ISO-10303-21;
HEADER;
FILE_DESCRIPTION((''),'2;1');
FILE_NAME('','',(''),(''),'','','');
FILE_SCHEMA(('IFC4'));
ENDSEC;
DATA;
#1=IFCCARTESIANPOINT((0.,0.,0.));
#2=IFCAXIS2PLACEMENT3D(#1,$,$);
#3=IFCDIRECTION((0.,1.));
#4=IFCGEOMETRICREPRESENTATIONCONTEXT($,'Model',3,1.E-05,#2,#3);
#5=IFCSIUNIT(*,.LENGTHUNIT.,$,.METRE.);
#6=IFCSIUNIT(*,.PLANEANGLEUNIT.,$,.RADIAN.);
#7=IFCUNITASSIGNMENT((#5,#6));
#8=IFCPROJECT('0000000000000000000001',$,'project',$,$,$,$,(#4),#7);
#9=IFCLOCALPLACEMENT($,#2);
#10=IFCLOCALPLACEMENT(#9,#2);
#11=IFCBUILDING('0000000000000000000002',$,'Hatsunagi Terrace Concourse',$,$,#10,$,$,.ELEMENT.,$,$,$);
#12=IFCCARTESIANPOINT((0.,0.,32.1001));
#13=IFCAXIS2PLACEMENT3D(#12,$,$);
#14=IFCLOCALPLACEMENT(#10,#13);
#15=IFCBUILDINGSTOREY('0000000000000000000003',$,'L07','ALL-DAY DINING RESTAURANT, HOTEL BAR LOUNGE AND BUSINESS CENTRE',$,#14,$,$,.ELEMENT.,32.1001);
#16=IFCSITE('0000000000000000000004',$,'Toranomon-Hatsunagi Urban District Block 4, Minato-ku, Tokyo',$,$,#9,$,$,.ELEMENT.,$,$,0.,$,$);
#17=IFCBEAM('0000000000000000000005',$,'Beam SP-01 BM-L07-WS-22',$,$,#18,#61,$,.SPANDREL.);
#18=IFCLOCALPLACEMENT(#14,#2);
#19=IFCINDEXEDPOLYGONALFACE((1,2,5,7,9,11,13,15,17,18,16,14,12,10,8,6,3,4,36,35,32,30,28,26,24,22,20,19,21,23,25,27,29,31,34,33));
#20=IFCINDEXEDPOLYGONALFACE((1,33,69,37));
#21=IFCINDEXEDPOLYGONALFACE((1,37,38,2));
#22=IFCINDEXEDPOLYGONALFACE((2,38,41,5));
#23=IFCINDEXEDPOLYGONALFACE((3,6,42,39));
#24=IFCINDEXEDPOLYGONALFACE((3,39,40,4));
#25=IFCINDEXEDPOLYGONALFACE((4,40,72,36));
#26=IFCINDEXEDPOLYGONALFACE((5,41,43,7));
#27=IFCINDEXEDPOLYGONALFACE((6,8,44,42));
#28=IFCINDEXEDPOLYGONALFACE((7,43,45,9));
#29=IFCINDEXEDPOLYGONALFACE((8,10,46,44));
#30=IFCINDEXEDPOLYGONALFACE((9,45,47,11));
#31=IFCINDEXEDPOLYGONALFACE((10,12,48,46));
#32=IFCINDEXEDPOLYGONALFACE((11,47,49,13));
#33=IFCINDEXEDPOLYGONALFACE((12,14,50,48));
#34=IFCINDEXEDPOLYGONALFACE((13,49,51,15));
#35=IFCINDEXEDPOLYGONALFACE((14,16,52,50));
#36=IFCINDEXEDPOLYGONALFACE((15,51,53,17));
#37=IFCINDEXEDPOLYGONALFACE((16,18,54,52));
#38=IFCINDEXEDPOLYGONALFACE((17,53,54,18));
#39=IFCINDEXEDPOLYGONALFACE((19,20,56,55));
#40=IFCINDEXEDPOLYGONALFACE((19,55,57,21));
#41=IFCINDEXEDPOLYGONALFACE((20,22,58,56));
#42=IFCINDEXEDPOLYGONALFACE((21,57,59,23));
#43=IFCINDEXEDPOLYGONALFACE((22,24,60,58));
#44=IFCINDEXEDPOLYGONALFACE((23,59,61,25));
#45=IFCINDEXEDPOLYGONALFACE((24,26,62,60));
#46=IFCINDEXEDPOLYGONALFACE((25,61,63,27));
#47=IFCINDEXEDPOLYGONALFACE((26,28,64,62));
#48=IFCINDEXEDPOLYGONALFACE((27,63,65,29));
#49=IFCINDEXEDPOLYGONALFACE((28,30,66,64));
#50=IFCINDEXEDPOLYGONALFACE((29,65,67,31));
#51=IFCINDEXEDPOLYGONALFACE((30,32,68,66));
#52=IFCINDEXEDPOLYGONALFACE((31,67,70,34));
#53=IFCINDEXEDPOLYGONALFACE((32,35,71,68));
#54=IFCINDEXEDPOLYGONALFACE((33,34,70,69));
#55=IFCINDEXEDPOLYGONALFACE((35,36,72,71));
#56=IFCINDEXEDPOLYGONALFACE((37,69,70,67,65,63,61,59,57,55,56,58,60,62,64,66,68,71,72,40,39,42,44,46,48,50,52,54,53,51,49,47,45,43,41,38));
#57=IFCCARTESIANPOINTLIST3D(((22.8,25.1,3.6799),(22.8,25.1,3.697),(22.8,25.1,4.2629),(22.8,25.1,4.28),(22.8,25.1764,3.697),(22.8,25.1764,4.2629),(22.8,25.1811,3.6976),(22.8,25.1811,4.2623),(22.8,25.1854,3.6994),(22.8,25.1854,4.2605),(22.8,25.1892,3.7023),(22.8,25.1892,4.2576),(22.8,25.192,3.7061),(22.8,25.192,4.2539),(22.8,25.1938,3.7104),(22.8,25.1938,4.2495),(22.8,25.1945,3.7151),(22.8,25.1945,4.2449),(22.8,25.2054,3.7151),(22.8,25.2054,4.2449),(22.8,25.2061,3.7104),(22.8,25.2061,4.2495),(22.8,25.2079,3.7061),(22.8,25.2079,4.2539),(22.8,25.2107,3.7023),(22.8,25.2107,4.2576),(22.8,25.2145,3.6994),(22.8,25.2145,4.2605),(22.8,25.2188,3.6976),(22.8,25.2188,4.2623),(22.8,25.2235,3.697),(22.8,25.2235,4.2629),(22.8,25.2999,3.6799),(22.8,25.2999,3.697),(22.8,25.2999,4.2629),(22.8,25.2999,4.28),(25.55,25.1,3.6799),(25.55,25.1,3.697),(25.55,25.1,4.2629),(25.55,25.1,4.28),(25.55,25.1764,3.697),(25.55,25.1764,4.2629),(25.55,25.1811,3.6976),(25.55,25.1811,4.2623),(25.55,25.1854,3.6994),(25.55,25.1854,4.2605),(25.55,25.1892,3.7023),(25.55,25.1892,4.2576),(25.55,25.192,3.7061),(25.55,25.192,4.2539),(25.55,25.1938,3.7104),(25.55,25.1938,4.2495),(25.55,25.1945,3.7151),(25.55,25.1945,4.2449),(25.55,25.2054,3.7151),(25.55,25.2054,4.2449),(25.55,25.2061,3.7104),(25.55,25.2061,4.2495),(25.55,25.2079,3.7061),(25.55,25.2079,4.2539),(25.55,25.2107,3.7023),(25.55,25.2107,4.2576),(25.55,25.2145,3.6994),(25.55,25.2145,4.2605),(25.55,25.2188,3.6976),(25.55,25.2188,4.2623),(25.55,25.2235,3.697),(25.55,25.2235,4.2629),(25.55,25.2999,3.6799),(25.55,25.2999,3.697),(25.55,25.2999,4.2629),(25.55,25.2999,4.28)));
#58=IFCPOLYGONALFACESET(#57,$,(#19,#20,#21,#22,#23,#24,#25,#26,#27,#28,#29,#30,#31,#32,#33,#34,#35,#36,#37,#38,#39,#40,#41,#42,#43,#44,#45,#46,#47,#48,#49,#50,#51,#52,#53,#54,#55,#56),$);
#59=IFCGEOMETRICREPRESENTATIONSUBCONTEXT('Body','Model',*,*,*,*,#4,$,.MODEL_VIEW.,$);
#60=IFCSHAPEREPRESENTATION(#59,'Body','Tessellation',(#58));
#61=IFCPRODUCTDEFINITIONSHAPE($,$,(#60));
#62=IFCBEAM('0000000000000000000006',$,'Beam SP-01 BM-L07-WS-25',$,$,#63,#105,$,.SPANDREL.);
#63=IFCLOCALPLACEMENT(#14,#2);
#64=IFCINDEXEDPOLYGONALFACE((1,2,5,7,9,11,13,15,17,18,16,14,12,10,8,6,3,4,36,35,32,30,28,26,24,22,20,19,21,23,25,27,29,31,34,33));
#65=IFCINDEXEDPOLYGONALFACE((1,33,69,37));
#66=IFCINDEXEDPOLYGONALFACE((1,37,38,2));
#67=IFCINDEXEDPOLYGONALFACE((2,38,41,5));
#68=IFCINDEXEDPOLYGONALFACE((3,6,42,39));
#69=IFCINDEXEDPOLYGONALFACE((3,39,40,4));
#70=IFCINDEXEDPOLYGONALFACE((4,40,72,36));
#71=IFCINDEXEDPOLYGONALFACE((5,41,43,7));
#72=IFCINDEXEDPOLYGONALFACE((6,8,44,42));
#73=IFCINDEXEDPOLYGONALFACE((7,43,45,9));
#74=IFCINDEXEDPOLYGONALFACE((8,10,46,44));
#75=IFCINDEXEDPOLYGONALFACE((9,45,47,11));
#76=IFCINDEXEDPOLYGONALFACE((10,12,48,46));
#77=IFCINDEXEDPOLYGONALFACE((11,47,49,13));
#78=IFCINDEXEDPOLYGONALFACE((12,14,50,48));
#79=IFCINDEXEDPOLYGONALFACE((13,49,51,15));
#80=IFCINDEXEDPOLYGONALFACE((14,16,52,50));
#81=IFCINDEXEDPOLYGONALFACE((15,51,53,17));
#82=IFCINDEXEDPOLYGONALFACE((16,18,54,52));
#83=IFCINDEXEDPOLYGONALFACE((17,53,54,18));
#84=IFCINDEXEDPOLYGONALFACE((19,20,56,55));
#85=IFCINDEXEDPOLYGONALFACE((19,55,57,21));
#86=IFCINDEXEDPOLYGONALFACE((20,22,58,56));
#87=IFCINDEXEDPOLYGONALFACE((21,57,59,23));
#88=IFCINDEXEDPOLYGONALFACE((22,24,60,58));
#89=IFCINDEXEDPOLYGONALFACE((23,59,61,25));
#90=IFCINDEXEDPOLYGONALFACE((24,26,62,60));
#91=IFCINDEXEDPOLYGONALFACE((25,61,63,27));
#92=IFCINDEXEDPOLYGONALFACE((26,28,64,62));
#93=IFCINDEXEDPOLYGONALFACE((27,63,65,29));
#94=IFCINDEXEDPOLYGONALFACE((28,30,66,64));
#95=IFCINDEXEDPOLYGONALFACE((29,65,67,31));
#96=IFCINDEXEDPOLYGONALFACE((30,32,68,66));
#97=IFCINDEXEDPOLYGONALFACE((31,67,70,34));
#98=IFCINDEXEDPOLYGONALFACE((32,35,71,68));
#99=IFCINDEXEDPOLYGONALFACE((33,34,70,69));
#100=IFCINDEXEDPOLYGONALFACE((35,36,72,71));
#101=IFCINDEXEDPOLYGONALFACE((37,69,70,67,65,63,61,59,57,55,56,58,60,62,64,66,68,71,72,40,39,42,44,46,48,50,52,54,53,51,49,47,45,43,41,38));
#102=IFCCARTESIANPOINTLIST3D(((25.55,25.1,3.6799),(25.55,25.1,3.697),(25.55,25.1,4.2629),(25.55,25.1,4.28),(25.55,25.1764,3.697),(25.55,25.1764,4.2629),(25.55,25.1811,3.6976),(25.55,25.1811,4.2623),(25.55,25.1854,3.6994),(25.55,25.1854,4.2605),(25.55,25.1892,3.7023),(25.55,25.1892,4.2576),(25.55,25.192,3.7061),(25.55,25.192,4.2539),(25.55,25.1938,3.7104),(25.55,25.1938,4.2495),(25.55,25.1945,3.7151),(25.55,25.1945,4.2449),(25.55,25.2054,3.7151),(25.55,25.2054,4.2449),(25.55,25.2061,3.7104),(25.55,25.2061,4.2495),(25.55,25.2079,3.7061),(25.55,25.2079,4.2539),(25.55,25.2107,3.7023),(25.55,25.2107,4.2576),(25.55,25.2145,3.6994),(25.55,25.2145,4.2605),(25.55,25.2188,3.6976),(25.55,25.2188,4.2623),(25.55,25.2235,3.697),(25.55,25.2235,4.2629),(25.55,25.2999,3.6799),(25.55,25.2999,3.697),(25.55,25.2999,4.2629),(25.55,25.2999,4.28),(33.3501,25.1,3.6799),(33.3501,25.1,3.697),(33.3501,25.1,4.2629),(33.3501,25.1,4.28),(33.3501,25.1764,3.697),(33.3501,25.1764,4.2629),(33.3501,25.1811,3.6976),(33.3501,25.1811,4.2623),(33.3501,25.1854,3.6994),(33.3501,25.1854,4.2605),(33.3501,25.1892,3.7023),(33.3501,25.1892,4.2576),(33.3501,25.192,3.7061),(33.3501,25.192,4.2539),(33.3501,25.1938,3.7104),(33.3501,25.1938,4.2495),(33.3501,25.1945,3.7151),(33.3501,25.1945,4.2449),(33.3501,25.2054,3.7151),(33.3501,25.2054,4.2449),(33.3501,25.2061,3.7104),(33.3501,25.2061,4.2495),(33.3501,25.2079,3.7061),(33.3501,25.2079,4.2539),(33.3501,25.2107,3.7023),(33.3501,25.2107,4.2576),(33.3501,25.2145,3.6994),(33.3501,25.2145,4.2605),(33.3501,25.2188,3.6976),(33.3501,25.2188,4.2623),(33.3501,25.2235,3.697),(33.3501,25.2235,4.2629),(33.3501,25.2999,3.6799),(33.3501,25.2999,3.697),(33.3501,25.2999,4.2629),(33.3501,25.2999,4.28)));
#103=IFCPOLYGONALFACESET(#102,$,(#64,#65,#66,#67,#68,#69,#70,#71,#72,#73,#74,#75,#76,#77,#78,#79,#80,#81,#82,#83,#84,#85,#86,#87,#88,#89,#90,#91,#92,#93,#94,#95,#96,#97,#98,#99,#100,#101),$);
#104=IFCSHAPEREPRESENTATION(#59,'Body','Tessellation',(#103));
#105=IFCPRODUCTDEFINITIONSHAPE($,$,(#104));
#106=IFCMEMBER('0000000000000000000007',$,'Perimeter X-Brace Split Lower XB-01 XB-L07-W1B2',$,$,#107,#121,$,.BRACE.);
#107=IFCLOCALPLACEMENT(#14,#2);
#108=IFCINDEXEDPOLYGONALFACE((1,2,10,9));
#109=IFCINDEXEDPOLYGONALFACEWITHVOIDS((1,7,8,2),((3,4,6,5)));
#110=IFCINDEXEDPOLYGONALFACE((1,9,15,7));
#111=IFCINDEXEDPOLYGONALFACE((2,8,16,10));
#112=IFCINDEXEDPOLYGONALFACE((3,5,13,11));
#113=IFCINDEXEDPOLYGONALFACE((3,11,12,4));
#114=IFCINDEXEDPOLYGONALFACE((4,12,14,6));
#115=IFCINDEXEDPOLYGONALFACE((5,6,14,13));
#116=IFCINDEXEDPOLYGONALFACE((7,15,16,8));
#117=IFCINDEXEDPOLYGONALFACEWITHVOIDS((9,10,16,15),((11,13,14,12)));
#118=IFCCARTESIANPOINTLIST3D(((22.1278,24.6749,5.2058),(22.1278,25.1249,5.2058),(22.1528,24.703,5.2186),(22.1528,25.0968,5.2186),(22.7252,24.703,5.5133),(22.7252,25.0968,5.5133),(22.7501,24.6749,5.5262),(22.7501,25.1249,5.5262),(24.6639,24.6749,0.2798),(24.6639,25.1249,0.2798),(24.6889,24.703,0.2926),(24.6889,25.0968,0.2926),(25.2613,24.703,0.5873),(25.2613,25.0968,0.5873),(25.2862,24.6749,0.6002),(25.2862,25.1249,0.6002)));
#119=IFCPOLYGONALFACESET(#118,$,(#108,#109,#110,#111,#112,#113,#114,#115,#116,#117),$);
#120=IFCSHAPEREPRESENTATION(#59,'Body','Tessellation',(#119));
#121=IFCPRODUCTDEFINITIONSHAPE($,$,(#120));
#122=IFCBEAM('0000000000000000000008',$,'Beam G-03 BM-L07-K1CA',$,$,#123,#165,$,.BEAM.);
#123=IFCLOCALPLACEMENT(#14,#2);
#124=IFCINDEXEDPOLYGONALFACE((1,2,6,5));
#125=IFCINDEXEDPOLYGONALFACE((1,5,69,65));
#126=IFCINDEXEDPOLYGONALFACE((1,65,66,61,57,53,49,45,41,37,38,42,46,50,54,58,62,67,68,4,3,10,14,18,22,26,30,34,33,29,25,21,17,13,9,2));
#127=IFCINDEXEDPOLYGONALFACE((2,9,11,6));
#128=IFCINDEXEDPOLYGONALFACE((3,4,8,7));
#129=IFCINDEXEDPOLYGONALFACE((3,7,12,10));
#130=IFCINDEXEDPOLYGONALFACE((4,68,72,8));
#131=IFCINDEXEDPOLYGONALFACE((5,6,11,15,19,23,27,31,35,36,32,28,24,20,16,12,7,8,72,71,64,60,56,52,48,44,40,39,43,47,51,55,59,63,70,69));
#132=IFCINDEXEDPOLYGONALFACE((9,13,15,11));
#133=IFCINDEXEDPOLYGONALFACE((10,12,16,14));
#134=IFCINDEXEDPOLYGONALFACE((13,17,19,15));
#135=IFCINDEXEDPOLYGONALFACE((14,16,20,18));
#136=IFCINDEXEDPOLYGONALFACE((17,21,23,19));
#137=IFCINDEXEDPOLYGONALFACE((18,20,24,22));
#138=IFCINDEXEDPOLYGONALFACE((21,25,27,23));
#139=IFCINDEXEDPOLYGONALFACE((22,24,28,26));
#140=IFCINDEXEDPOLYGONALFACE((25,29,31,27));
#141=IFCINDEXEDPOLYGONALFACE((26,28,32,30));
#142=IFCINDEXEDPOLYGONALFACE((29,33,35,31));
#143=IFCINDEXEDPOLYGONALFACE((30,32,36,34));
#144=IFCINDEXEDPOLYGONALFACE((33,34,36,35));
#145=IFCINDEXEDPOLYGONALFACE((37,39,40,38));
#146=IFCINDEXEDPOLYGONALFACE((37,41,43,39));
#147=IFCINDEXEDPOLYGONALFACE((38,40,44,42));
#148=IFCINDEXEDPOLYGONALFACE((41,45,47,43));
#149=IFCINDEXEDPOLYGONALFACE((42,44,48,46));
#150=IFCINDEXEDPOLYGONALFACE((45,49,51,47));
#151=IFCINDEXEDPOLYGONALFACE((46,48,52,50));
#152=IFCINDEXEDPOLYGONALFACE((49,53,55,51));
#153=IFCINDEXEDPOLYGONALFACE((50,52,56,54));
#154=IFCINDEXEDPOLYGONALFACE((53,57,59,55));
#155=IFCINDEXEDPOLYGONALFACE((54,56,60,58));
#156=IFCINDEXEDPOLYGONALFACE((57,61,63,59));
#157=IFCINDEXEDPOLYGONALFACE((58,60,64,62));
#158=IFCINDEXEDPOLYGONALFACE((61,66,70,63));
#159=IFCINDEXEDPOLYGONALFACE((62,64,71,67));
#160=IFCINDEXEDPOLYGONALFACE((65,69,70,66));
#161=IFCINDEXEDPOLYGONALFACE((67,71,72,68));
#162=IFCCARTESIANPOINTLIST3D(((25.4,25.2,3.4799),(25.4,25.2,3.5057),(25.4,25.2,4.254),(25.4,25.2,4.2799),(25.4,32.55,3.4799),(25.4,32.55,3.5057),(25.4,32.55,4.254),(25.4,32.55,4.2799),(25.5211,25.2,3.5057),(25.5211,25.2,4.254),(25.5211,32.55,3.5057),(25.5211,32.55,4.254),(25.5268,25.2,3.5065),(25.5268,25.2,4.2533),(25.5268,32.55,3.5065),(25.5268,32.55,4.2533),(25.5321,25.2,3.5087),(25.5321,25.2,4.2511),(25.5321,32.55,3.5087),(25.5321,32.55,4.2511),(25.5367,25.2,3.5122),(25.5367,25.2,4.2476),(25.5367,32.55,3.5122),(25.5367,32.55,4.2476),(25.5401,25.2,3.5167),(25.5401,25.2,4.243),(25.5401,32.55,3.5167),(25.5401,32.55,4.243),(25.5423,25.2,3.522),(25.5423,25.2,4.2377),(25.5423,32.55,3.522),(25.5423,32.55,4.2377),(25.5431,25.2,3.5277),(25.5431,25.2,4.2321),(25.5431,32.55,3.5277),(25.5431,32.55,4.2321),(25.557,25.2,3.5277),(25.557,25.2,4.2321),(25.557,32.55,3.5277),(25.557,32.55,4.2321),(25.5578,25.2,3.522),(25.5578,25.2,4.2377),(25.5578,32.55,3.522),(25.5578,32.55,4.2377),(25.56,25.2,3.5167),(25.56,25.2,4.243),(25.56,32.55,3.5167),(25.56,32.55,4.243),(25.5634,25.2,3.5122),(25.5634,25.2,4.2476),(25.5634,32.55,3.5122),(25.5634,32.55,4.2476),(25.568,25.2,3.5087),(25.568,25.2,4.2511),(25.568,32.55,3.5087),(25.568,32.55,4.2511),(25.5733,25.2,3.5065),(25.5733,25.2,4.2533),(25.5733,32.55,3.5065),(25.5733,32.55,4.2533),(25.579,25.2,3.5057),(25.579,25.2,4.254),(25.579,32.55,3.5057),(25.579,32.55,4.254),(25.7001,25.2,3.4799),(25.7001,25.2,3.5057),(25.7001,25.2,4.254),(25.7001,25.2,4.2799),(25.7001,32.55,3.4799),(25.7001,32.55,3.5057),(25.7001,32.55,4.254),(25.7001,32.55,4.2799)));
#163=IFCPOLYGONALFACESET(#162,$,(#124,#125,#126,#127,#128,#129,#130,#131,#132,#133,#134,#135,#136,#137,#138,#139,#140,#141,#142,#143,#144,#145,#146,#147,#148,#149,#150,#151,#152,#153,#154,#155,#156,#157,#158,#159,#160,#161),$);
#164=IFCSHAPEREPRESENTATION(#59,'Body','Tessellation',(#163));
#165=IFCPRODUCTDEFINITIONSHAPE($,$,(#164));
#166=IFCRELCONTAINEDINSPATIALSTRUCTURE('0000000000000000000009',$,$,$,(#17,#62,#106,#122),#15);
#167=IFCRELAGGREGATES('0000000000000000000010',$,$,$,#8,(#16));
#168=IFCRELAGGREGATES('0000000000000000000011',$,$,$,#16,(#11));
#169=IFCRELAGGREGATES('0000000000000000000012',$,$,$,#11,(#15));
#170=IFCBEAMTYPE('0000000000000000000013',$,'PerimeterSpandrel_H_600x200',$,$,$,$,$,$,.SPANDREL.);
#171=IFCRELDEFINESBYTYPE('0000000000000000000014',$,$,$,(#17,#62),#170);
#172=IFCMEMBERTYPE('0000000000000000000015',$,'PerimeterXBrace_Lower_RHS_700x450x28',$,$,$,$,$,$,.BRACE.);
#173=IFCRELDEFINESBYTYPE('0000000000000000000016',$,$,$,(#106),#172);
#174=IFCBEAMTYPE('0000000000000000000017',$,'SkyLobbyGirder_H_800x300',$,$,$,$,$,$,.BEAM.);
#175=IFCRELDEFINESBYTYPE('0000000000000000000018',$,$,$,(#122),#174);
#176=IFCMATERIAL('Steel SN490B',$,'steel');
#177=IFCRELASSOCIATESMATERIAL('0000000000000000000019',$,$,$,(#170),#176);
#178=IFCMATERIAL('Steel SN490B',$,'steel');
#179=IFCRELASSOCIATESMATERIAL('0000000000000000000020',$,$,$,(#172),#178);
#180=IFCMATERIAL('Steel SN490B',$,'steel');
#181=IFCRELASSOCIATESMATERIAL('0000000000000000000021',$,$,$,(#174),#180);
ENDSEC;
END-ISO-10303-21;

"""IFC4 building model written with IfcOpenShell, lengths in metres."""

from ifc_helpers import new_model, si_unit, direction, frame, origin, origin_2d, place, context, subcontext, project, spatial, hollow_rectangle, i_section, extrude, material, material_profile, profile_set, type_object, element, save


model = new_model("IFC4")

# Units and contexts
model_context = context("Model", 3, precision=1e-05, world=origin(), true_north=direction((0.0, 1.0)))
body_context = subcontext(model_context, "Body", "Model", "MODEL_VIEW")
ifc_project = project(units=[si_unit("LENGTHUNIT", "METRE"), si_unit("PLANEANGLEUNIT", "RADIAN")], contexts=[model_context])

# Site, building, storey
site_placement = place(None, origin())
site = spatial("IfcSite", under=ifc_project, at=site_placement, Name="Toranomon-Hatsunagi Urban District Block 4, Minato-ku, Tokyo", CompositionType="ELEMENT", RefElevation=0.0)
building_placement = place(site_placement, origin())
building = spatial("IfcBuilding", under=site, at=building_placement, Name="Hatsunagi Terrace Concourse", CompositionType="ELEMENT")
storey_placement = place(building_placement, frame((0.0, 0.0, 32.1001)))
storey = spatial("IfcBuildingStorey", under=building, at=storey_placement, Name="L07", Description="ALL-DAY DINING RESTAURANT, HOTEL BAR LOUNGE AND BUSINESS CENTRE", CompositionType="ELEMENT", Elevation=32.1001)

# Beams
ifc_material_1 = material(Name="Steel SN490B", Category="steel")
ifc_material_profile_1 = material_profile(ifc_material_1, i_section(OverallWidth=0.2, OverallDepth=0.6001, WebThickness=0.011, FlangeThickness=0.0171, FilletRadius=0.0181, at=origin_2d()), Name="H-600x200x11x17")
ifc_profile_set_1 = profile_set([ifc_material_profile_1], Name="Steel SN490B")
beam_type_1 = type_object("IfcBeamType", Name="PerimeterSpandrel_H_600x200", PredefinedType="SPANDREL", material=ifc_profile_set_1)
beam_1_placement = place(storey_placement, frame((22.8, 25.2, 3.98), z_axis=(1.0, 0.0, 0.0), x_axis=(0.0, 1.0, 0.0)))
element("IfcBeam", 1, at=beam_1_placement, inside=storey, type_object=beam_type_1, Name="Beam SP-01 BM-L07-WS-22", PredefinedType="SPANDREL", context=body_context, shape_type="SweptSolid", body=[
    extrude(i_section(OverallWidth=0.2, OverallDepth=0.6001, WebThickness=0.011, FlangeThickness=0.0171, FilletRadius=0.0181, at=origin_2d()), origin(), (0.0, 0.0, 1.0), 2.75),
])
beam_2_placement = place(storey_placement, frame((25.55, 25.2, 3.98), z_axis=(1.0, 0.0, 0.0), x_axis=(0.0, 1.0, 0.0)))
element("IfcBeam", 2, at=beam_2_placement, inside=storey, type_object=beam_type_1, Name="Beam SP-01 BM-L07-WS-25", PredefinedType="SPANDREL", context=body_context, shape_type="SweptSolid", body=[
    extrude(i_section(OverallWidth=0.2, OverallDepth=0.6001, WebThickness=0.011, FlangeThickness=0.0171, FilletRadius=0.0181, at=origin_2d()), origin(), (0.0, 0.0, 1.0), 7.8),
])

# Member
ifc_material_2 = material(Name="Steel SN490B", Category="steel")
ifc_material_profile_2 = material_profile(ifc_material_2, hollow_rectangle(XDim=0.45, YDim=0.7, WallThickness=0.0281, at=origin_2d()), Name="RHS-700x450x28")
ifc_profile_set_2 = profile_set([ifc_material_profile_2], Name="Steel SN490B")
member_type = type_object("IfcMemberType", Name="PerimeterXBrace_Lower_RHS_700x450x28", PredefinedType="BRACE", material=ifc_profile_set_2)
member_placement = place(storey_placement, frame((22.439, 24.8999, 5.366), z_axis=(0.45774, 0.0, -0.889086), x_axis=(0.0, 1.0, 0.0)))
element("IfcMember", 3, at=member_placement, inside=storey, type_object=member_type, Name="Perimeter X-Brace Split Lower XB-01 XB-L07-W1B2", PredefinedType="BRACE", context=body_context, shape_type="SweptSolid", body=[
    extrude(hollow_rectangle(XDim=0.45, YDim=0.7, WallThickness=0.0281, at=origin_2d()), origin(), (0.0, 0.0, 1.0), 5.5405),
])

# Beam
ifc_material_3 = material(Name="Steel SN490B", Category="steel")
ifc_material_profile_3 = material_profile(ifc_material_3, i_section(OverallWidth=0.3, OverallDepth=0.8, WebThickness=0.0139, FlangeThickness=0.0259, FilletRadius=0.022, at=origin_2d()), Name="H-800x300x14x26")
ifc_profile_set_3 = profile_set([ifc_material_profile_3], Name="Steel SN490B")
beam_type_2 = type_object("IfcBeamType", Name="SkyLobbyGirder_H_800x300", PredefinedType="BEAM", material=ifc_profile_set_3)
beam_3_placement = place(storey_placement, frame((25.55, 25.2, 3.8799), z_axis=(0.0, 1.0, 0.0), x_axis=(-1.0, 0.0, 0.0)))
element("IfcBeam", 4, at=beam_3_placement, inside=storey, type_object=beam_type_2, Name="Beam G-03 BM-L07-K1CA", PredefinedType="BEAM", context=body_context, shape_type="SweptSolid", body=[
    extrude(i_section(OverallWidth=0.3, OverallDepth=0.8, WebThickness=0.0139, FlangeThickness=0.0259, FilletRadius=0.022, at=origin_2d()), origin(), (0.0, 0.0, 1.0), 7.3501),
])

save(model, "model.ifc")
